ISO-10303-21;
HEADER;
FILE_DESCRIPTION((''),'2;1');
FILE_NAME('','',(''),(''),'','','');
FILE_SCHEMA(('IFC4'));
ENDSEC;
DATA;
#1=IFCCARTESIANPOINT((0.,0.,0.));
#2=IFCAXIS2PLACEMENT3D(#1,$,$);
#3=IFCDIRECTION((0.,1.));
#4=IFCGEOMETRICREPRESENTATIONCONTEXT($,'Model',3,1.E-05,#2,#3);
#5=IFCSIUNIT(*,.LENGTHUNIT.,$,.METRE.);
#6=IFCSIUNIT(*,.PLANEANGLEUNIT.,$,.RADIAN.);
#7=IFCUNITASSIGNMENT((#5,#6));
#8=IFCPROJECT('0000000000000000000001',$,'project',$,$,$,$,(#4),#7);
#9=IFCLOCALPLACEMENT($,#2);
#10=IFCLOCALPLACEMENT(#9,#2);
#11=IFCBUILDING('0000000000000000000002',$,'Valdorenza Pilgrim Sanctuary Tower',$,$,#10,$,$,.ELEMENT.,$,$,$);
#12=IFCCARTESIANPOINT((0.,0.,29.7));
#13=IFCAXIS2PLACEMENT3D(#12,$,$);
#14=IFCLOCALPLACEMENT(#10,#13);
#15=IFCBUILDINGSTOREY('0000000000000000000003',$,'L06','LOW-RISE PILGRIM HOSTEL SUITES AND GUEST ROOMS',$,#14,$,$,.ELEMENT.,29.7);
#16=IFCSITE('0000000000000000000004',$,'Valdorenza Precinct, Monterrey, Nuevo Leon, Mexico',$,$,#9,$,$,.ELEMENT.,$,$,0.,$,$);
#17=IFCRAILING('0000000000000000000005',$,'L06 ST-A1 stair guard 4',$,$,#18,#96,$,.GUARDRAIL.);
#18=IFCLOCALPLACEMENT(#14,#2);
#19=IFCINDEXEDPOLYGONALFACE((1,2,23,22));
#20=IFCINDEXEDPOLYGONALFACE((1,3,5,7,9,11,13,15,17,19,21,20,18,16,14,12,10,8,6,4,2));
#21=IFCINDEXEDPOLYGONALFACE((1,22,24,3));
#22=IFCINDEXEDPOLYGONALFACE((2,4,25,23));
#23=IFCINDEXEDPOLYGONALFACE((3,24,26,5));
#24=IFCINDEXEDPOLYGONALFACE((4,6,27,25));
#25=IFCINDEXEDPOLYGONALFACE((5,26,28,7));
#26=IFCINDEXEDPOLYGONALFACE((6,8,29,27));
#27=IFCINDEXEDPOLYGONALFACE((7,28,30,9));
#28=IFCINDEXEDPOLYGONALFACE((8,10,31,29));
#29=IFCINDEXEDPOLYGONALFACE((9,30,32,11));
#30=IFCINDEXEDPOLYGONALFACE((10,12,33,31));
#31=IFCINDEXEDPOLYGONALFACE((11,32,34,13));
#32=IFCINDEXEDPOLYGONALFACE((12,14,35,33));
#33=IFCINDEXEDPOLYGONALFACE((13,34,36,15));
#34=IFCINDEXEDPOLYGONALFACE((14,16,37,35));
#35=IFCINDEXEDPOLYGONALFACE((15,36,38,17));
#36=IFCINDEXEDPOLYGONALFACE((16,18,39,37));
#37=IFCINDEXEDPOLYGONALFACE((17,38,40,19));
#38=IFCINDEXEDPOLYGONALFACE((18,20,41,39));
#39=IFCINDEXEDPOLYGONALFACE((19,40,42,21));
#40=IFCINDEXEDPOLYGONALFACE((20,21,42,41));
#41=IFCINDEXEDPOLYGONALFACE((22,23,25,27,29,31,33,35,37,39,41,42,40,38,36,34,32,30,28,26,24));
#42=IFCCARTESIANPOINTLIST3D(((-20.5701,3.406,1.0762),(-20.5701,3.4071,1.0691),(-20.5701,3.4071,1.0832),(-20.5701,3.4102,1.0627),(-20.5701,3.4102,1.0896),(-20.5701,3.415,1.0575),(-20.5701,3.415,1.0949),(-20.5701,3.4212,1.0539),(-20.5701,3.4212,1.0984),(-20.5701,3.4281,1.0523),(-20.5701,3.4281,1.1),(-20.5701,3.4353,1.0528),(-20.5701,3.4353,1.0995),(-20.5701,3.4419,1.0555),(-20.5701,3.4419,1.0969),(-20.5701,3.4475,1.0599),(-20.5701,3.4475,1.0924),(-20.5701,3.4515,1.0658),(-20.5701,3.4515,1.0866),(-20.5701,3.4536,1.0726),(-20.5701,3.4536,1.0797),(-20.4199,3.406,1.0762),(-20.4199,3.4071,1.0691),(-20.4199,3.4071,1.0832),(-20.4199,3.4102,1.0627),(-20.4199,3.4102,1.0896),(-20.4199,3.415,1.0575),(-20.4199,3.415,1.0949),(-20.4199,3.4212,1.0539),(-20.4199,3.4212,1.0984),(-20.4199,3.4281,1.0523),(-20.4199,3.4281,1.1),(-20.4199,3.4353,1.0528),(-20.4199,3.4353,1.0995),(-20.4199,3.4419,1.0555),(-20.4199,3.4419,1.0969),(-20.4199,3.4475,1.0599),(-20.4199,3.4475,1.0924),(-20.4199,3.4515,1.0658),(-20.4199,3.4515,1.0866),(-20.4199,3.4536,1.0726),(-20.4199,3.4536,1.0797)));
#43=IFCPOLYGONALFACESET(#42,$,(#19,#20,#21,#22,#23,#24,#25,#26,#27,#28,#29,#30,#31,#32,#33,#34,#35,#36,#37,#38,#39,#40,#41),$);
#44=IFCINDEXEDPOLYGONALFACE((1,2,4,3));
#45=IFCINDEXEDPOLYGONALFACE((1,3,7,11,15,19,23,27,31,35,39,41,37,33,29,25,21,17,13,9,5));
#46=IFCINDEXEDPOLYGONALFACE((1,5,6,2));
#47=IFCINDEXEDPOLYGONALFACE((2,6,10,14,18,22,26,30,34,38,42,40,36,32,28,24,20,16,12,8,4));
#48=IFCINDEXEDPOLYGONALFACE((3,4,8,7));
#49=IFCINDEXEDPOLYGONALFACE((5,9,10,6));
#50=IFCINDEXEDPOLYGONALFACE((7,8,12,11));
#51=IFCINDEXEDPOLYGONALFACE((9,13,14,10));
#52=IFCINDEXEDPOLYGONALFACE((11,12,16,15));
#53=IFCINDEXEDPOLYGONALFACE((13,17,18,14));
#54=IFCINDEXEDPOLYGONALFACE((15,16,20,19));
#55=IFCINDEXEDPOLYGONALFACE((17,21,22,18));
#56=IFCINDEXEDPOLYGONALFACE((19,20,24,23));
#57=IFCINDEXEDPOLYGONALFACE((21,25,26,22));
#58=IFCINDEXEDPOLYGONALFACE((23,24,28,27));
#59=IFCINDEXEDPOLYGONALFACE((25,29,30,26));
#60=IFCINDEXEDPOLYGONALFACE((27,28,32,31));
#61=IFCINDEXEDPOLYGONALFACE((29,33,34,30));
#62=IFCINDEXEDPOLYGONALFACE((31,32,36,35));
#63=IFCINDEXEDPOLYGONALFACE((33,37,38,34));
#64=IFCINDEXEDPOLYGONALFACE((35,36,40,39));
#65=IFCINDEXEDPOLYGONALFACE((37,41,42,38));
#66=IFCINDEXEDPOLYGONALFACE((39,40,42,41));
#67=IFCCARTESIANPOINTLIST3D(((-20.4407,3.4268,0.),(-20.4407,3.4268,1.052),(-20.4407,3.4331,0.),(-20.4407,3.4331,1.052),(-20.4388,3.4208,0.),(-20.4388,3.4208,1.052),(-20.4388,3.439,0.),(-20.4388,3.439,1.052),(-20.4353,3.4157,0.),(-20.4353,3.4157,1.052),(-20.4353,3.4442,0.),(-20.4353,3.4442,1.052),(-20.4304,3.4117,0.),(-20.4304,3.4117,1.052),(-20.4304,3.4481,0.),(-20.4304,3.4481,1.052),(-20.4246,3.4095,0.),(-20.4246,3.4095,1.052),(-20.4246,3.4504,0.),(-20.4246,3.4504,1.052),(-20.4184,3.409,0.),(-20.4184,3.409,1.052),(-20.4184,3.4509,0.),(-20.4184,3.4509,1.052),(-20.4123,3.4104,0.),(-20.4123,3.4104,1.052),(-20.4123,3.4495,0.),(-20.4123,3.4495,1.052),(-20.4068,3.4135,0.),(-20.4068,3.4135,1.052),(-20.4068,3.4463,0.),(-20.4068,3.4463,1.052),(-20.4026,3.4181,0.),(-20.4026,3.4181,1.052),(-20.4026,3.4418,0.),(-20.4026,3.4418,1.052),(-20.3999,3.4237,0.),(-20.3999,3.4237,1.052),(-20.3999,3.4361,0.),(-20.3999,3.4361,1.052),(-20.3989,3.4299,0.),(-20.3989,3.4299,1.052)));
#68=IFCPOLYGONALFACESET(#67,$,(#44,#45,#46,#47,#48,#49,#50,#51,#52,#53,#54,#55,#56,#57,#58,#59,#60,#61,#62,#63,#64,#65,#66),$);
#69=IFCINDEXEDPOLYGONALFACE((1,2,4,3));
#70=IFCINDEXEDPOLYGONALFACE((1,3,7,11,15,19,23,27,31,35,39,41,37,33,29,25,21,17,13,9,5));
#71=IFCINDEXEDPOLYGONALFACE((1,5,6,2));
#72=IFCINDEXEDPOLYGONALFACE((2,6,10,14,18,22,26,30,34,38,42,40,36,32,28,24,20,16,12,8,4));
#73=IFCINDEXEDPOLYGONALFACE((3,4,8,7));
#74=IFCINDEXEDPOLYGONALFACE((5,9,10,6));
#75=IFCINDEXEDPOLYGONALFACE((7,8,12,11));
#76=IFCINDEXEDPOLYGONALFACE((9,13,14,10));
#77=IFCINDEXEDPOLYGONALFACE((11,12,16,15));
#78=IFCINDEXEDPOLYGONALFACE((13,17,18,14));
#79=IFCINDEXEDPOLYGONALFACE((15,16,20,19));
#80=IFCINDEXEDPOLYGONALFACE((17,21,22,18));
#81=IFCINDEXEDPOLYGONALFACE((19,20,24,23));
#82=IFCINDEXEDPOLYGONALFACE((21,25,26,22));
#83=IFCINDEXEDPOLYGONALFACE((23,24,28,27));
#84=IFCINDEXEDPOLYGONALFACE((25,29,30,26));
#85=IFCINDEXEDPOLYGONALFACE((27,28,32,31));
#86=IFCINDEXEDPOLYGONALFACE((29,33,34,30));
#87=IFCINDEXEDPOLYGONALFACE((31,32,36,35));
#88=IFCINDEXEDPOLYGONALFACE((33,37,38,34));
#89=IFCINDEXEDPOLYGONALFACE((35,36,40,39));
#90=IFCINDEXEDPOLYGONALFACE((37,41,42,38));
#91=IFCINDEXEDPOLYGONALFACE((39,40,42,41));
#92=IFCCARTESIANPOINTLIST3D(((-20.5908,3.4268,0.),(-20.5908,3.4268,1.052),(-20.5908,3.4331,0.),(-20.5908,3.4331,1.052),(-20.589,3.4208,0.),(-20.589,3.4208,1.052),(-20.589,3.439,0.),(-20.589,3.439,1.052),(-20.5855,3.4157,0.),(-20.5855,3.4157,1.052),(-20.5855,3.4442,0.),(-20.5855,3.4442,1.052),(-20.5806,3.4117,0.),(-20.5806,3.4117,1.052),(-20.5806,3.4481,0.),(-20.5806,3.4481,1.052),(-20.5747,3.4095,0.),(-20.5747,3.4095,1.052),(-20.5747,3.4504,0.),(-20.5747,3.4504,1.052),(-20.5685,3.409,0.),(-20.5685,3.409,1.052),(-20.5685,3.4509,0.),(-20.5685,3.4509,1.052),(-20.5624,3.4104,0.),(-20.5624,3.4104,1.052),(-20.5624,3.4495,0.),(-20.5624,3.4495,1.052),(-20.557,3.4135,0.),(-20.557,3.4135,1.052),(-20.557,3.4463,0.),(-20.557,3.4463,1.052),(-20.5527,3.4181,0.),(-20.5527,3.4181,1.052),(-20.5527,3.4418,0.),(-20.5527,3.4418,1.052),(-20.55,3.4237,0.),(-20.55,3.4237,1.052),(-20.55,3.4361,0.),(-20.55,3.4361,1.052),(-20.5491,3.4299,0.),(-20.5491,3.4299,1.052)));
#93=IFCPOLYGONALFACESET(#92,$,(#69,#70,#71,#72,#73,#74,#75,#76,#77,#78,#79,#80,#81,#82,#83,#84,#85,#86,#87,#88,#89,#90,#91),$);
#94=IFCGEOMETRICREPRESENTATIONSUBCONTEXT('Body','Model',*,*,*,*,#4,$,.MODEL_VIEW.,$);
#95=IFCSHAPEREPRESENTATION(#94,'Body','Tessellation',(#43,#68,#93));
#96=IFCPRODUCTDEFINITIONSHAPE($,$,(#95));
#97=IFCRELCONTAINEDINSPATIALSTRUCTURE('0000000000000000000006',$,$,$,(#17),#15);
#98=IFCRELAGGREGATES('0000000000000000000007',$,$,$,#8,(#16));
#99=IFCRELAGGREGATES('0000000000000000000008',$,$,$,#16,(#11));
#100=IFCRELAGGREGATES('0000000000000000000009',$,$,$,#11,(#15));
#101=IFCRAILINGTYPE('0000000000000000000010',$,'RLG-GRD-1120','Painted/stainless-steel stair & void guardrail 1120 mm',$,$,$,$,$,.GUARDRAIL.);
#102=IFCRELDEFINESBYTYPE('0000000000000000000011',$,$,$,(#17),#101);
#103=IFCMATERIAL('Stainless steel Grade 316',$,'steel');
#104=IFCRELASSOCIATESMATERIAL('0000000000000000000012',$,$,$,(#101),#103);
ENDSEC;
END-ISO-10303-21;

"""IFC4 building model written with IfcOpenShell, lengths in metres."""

from ifc_helpers import new_model, si_unit, direction, frame, origin, origin_2d, place, context, subcontext, project, spatial, circle, extrude, material, type_object, element, save


model = new_model("IFC4")

# Units and contexts
model_context = context("Model", 3, precision=1e-05, world=origin(), true_north=direction((0.0, 1.0)))
body_context = subcontext(model_context, "Body", "Model", "MODEL_VIEW")
ifc_project = project(units=[si_unit("LENGTHUNIT", "METRE"), si_unit("PLANEANGLEUNIT", "RADIAN")], contexts=[model_context])

# Site, building, storey
site_placement = place(None, origin())
site = spatial("IfcSite", under=ifc_project, at=site_placement, Name="Valdorenza Precinct, Monterrey, Nuevo Leon, Mexico", CompositionType="ELEMENT", RefElevation=0.0)
building_placement = place(site_placement, origin())
building = spatial("IfcBuilding", under=site, at=building_placement, Name="Valdorenza Pilgrim Sanctuary Tower", CompositionType="ELEMENT")
storey_placement = place(building_placement, frame((0.0, 0.0, 29.7)))
storey = spatial("IfcBuildingStorey", under=building, at=storey_placement, Name="L06", Description="LOW-RISE PILGRIM HOSTEL SUITES AND GUEST ROOMS", CompositionType="ELEMENT", Elevation=29.7)

# Railing
ifc_material_1 = material(Name="Stainless steel Grade 316", Category="steel")
railing_type_1 = type_object("IfcRailingType", Name="RLG-GRD-1120", Description="Painted/stainless-steel stair & void guardrail 1120 mm", PredefinedType="GUARDRAIL", material=ifc_material_1)
railing_1_placement = place(storey_placement, frame((-20.4199, 3.4299, 0.0)))
element("IfcRailing", 1, at=railing_1_placement, inside=storey, type_object=railing_type_1, Name="L06 ST-A1 stair guard 4", PredefinedType="GUARDRAIL", context=body_context, shape_type="SweptSolid", body=[
    extrude(circle(Radius=0.0239, at=origin_2d()), frame((0.0, 0.0, 1.0762), z_axis=(-1.0, 0.0, 0.0), x_axis=(0.0, -1.0, 0.0)), (0.0, 0.0, 1.0), 0.1501),
    extrude(circle(Radius=0.021, at=origin_2d()), origin(), (0.0, 0.0, 1.0), 1.052),
    extrude(circle(Radius=0.021, at=origin_2d()), frame((-0.1501, 0.0, 0.0)), (0.0, 0.0, 1.0), 1.052),
])

save(model, "model.ifc")
